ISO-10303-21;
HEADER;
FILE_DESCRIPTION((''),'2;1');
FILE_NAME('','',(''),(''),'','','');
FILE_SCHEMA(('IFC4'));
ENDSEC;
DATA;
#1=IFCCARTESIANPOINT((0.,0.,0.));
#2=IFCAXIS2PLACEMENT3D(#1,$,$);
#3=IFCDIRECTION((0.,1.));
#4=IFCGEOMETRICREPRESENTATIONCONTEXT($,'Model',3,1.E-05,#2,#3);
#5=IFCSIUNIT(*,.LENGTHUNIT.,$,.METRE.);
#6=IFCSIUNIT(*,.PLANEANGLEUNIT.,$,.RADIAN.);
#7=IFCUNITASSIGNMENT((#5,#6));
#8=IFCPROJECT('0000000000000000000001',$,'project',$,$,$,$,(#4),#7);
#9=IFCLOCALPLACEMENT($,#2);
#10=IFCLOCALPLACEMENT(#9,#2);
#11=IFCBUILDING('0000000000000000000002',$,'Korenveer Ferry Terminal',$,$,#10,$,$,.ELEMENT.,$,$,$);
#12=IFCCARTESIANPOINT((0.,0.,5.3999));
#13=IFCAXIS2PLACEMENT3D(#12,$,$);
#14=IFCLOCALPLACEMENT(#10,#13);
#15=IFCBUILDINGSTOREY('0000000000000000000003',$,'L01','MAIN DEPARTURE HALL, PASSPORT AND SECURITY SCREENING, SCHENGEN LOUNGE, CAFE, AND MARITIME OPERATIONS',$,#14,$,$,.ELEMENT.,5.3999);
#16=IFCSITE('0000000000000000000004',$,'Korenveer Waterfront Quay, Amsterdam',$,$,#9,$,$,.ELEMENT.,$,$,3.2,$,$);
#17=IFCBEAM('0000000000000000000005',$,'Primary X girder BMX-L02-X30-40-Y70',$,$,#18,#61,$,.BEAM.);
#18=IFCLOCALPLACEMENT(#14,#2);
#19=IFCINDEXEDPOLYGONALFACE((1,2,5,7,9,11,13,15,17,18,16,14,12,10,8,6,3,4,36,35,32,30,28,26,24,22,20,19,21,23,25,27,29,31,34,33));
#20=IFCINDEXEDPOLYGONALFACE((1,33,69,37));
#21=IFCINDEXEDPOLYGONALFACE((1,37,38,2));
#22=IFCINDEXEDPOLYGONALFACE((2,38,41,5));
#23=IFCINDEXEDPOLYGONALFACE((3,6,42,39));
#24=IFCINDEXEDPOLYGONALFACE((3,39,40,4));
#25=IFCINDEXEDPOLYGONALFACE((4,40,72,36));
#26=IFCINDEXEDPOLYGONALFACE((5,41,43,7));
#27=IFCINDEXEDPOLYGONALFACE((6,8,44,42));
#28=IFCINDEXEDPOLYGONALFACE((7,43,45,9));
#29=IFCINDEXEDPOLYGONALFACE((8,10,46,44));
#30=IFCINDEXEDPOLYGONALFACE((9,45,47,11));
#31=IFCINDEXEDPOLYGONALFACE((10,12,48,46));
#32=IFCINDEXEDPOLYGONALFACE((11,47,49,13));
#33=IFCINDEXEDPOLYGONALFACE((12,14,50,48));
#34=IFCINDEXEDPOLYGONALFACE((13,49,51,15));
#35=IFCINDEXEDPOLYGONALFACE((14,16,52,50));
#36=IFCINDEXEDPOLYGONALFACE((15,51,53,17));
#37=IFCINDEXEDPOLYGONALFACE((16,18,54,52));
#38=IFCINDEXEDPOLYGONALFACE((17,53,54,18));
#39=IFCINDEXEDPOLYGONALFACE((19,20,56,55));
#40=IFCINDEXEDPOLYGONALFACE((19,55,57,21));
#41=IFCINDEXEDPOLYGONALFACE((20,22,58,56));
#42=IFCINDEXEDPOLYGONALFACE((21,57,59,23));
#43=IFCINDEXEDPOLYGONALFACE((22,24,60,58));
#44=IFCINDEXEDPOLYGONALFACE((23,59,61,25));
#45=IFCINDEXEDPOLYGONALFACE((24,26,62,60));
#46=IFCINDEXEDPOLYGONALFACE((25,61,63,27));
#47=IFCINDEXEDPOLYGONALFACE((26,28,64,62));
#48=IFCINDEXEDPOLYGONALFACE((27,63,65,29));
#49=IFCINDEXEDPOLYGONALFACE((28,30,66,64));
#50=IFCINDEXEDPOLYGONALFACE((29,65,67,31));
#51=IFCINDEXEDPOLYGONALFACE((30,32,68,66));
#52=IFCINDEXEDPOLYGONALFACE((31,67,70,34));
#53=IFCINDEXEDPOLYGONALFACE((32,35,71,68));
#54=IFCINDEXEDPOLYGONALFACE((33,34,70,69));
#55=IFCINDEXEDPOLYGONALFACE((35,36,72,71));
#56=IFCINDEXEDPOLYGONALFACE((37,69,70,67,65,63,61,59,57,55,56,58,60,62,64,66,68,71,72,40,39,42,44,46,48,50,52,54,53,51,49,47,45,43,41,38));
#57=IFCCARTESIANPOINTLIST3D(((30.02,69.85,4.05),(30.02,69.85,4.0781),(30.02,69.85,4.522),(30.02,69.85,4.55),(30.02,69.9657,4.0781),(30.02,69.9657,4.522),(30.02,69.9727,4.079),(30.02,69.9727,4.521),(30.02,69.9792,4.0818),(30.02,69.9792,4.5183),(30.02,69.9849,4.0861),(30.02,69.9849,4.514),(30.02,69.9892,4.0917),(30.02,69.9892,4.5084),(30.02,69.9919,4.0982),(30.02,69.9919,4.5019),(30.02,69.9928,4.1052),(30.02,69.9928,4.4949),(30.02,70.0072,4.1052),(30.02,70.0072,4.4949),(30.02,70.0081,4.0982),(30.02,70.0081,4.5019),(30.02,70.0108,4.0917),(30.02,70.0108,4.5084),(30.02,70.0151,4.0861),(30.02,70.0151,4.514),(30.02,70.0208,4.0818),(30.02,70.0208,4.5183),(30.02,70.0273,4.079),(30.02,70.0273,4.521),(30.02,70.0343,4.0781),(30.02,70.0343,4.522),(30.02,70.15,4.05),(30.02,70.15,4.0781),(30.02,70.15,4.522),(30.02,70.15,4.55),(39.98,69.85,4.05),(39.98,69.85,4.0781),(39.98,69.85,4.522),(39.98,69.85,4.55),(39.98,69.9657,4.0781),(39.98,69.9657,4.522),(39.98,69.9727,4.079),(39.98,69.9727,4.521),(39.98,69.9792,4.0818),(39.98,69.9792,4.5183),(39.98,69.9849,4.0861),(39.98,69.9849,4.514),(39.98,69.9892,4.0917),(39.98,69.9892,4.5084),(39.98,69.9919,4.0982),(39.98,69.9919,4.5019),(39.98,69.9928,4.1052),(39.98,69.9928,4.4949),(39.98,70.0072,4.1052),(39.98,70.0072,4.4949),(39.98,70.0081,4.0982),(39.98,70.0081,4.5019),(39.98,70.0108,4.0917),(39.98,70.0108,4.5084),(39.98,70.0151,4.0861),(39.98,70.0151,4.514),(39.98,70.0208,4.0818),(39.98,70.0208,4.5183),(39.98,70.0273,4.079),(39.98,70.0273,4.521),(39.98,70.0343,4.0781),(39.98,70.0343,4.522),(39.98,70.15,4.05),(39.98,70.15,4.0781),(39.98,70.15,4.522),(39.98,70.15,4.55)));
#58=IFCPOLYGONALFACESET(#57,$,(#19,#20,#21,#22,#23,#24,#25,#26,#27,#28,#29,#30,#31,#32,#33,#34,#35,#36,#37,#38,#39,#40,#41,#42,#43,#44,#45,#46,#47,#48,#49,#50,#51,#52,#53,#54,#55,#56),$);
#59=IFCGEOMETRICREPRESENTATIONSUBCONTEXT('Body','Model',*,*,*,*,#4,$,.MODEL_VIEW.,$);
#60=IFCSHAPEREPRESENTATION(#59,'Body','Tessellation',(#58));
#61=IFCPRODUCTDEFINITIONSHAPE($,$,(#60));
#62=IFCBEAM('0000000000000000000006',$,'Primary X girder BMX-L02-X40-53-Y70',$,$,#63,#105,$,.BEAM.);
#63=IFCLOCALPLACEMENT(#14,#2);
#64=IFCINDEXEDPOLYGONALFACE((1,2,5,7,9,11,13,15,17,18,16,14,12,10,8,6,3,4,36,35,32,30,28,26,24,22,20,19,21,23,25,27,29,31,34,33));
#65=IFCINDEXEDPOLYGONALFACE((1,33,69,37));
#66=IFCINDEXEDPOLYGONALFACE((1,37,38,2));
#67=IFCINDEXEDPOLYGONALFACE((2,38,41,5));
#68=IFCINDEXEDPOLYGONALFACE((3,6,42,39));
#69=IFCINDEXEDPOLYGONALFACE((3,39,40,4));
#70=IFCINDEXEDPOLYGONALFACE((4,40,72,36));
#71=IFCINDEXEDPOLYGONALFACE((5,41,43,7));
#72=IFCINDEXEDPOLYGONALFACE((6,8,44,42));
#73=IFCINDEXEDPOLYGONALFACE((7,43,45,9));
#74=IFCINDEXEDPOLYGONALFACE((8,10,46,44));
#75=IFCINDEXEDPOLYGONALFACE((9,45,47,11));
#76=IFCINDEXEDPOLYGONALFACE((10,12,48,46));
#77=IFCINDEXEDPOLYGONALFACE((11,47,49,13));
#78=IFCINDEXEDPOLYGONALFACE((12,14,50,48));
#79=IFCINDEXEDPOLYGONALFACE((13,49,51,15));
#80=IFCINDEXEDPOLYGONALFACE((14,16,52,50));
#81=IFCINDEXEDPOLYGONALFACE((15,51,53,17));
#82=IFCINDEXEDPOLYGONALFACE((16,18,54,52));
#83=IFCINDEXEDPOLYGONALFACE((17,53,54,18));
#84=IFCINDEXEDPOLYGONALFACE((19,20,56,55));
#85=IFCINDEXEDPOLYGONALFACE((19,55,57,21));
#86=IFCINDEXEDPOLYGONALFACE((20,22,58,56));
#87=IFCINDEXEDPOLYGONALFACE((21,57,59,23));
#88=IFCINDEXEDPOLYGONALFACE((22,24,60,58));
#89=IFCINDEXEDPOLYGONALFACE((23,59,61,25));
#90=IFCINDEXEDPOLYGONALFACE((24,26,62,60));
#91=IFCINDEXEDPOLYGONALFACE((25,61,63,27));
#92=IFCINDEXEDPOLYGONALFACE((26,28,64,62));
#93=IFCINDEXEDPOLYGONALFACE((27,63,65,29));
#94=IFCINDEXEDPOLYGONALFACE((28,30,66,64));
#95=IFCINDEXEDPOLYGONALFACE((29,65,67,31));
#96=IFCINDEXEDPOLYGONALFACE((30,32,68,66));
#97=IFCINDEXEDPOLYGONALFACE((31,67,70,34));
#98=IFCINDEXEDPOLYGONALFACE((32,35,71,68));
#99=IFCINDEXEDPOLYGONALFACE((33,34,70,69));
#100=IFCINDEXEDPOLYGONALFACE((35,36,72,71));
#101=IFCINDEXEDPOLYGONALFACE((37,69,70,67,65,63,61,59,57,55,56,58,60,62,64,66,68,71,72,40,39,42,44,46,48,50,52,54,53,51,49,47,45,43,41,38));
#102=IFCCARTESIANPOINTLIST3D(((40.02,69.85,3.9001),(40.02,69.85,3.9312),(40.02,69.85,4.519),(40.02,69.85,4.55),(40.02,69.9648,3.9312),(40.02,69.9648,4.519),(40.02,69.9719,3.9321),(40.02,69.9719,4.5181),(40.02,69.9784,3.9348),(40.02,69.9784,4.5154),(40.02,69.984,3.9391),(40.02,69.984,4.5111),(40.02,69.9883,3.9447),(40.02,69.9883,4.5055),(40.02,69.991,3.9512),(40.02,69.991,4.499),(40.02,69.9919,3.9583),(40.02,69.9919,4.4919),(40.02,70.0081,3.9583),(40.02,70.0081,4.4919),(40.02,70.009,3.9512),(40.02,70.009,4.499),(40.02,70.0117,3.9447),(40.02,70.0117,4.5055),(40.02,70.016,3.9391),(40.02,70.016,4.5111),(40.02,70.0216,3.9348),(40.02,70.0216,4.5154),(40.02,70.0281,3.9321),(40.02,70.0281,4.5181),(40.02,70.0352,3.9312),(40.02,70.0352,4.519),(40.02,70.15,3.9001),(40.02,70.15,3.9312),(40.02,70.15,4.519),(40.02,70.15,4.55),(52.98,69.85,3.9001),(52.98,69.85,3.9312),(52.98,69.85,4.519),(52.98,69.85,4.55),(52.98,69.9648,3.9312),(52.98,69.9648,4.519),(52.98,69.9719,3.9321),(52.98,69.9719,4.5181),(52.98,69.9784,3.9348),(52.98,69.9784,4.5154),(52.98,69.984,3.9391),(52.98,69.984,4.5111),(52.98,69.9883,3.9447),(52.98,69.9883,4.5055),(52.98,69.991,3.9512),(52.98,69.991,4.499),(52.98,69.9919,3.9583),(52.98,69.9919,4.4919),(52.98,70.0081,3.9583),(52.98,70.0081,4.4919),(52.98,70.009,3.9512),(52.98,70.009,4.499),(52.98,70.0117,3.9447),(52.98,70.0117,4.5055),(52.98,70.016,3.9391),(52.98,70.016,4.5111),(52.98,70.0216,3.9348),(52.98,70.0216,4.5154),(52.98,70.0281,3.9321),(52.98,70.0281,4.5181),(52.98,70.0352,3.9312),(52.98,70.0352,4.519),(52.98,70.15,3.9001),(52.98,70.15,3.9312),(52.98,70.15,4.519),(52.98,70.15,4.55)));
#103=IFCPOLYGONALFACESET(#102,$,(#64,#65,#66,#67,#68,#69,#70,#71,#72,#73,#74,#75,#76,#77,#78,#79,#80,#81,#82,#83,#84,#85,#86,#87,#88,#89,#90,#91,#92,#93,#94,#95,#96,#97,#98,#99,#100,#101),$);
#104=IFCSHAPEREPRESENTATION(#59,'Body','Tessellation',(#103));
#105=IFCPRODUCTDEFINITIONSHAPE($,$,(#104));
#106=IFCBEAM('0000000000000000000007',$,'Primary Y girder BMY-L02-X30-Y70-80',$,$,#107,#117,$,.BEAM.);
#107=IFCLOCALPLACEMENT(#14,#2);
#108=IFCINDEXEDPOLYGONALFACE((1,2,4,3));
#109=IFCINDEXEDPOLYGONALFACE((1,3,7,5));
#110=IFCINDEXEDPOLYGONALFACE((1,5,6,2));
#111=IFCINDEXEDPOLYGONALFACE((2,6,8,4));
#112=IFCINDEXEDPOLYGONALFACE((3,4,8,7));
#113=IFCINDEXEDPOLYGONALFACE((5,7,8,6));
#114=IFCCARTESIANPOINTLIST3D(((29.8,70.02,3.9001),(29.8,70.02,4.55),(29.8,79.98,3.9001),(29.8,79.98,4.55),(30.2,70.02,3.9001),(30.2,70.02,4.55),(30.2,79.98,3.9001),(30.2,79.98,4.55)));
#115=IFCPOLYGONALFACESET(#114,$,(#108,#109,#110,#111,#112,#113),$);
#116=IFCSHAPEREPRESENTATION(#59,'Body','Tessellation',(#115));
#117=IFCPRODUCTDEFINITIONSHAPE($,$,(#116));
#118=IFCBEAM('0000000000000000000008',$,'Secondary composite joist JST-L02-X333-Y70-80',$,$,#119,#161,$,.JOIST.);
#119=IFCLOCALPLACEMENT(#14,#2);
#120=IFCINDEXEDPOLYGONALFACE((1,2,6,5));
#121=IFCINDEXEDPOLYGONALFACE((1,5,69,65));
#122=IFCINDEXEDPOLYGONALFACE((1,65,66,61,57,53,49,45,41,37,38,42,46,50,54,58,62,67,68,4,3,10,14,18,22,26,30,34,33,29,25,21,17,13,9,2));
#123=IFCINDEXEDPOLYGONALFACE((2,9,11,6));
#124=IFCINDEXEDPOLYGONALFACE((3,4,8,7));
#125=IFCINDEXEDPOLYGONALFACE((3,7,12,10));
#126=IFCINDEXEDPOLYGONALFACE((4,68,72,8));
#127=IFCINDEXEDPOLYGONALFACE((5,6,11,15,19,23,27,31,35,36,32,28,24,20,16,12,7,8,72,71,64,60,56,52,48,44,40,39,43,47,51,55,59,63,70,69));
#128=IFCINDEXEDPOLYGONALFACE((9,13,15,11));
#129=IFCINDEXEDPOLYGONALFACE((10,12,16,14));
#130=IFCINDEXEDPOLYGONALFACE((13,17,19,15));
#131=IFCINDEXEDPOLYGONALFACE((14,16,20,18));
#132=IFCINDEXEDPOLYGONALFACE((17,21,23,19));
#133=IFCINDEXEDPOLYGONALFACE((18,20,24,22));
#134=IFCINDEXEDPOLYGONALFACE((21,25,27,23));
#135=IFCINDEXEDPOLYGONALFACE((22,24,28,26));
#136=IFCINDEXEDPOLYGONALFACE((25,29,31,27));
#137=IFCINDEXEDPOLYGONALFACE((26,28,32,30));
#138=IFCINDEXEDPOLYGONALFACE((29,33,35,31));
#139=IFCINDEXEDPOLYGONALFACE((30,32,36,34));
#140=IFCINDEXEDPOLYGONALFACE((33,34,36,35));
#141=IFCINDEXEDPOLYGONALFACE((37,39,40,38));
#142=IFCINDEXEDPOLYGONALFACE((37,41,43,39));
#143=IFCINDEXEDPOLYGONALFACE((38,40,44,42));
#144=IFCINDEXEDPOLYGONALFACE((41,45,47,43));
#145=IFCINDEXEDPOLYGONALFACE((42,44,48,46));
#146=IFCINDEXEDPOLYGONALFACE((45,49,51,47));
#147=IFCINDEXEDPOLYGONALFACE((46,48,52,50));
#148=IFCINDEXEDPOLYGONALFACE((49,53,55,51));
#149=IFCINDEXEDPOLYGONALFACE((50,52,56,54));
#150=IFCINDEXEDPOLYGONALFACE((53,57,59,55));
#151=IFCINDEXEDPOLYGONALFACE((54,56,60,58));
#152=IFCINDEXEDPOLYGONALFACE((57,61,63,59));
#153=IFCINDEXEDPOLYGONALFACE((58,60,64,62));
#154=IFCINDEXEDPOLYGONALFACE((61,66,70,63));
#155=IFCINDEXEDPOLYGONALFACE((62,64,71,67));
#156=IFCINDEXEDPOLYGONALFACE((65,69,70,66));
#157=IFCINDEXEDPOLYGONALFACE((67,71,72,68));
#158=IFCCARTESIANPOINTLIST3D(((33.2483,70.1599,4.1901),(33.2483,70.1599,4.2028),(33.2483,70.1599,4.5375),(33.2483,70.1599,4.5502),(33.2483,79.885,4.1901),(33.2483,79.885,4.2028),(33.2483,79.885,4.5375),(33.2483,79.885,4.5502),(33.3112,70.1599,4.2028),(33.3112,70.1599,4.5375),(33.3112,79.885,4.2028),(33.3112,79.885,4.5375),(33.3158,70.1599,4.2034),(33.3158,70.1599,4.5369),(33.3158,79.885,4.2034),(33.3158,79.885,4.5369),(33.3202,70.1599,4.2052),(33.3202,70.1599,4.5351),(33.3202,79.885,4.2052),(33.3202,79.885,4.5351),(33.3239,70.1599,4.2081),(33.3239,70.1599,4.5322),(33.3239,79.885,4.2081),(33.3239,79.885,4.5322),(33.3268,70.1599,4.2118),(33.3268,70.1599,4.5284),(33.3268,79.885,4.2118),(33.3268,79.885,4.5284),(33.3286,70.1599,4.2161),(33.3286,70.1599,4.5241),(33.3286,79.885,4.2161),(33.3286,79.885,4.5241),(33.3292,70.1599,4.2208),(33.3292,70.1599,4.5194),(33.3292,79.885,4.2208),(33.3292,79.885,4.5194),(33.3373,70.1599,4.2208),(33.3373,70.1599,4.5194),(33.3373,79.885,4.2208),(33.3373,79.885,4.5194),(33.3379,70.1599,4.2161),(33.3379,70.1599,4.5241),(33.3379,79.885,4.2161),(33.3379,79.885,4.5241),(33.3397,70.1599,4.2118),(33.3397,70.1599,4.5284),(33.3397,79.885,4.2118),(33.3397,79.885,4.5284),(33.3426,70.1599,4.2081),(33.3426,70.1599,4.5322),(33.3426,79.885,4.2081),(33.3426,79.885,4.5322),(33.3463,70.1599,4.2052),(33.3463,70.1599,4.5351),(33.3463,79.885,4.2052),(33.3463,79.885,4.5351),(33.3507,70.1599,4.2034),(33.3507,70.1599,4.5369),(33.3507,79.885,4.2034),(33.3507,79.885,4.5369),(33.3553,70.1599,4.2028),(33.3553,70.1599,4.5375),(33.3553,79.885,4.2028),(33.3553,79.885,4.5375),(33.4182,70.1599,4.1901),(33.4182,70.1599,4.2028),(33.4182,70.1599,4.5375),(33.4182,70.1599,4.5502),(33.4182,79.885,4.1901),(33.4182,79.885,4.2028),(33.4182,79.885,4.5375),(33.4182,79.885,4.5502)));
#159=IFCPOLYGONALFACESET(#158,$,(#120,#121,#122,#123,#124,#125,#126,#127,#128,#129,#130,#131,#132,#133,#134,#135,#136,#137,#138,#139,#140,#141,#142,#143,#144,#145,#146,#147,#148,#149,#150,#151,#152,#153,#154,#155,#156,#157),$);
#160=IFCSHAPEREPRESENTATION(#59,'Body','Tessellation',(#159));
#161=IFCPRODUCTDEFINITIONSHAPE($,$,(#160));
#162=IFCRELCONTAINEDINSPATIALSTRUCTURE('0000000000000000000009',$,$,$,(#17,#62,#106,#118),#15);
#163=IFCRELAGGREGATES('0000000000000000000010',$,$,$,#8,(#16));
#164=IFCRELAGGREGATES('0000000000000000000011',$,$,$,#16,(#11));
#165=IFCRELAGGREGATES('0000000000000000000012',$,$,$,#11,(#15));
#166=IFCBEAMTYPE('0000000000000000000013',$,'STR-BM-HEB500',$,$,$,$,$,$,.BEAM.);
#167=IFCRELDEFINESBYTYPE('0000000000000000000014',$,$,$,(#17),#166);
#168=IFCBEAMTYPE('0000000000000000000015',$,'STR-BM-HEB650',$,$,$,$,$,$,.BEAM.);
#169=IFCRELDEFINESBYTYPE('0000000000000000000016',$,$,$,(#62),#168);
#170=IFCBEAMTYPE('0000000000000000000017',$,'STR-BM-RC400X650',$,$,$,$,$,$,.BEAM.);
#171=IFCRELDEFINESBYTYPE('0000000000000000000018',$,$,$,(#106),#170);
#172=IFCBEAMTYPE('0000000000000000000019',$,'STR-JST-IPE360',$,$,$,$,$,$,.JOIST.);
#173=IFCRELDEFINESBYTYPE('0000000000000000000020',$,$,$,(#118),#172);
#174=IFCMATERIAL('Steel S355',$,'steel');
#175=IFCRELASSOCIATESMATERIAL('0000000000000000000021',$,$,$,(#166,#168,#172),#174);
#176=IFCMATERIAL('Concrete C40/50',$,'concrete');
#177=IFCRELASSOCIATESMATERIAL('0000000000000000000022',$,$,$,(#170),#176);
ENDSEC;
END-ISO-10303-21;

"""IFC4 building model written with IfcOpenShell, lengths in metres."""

from ifc_helpers import new_model, si_unit, direction, frame, origin, origin_2d, place, context, subcontext, project, spatial, rectangle, i_section, extrude, material, material_profile, profile_set, type_object, element, save


model = new_model("IFC4")

# Units and contexts
model_context = context("Model", 3, precision=1e-05, world=origin(), true_north=direction((0.0, 1.0)))
body_context = subcontext(model_context, "Body", "Model", "MODEL_VIEW")
ifc_project = project(units=[si_unit("LENGTHUNIT", "METRE"), si_unit("PLANEANGLEUNIT", "RADIAN")], contexts=[model_context])

# Site, building, storey
site_placement = place(None, origin())
site = spatial("IfcSite", under=ifc_project, at=site_placement, Name="Korenveer Waterfront Quay, Amsterdam", CompositionType="ELEMENT", RefElevation=3.2)
building_placement = place(site_placement, origin())
building = spatial("IfcBuilding", under=site, at=building_placement, Name="Korenveer Ferry Terminal", CompositionType="ELEMENT")
storey_placement = place(building_placement, frame((0.0, 0.0, 5.3999)))
storey = spatial("IfcBuildingStorey", under=building, at=storey_placement, Name="L01", Description="MAIN DEPARTURE HALL, PASSPORT AND SECURITY SCREENING, SCHENGEN LOUNGE, CAFE, AND MARITIME OPERATIONS", CompositionType="ELEMENT", Elevation=5.3999)

# Beams
ifc_material_1 = material(Name="Steel S355", Category="steel")
ifc_material_profile_1 = material_profile(ifc_material_1, i_section(OverallWidth=0.3, OverallDepth=0.5, WebThickness=0.0144, FlangeThickness=0.0281, FilletRadius=0.0271, at=origin_2d()), Name="HEB 500")
ifc_profile_set_1 = profile_set([ifc_material_profile_1], Name="Steel S355")
beam_type_1 = type_object("IfcBeamType", Name="STR-BM-HEB500", PredefinedType="BEAM", material=ifc_profile_set_1)
beam_1_placement = place(storey_placement, frame((30.02, 70.0, 4.3), z_axis=(1.0, 0.0, 0.0), x_axis=(0.0, 1.0, 0.0)))
element("IfcBeam", 1, at=beam_1_placement, inside=storey, type_object=beam_type_1, Name="Primary X girder BMX-L02-X30-40-Y70", PredefinedType="BEAM", context=body_context, shape_type="SweptSolid", body=[
    extrude(i_section(OverallWidth=0.3, OverallDepth=0.5, WebThickness=0.0144, FlangeThickness=0.0281, FilletRadius=0.0271, at=origin_2d()), origin(), (0.0, 0.0, 1.0), 9.96),
])
ifc_material_profile_2 = material_profile(ifc_material_1, i_section(OverallWidth=0.3, OverallDepth=0.6499, WebThickness=0.0161, FlangeThickness=0.031, FilletRadius=0.0271, at=origin_2d()), Name="HEB 650")
ifc_profile_set_2 = profile_set([ifc_material_profile_2], Name="Steel S355")
beam_type_2 = type_object("IfcBeamType", Name="STR-BM-HEB650", PredefinedType="BEAM", material=ifc_profile_set_2)
beam_2_placement = place(storey_placement, frame((40.02, 70.0, 4.2251), z_axis=(1.0, 0.0, 0.0), x_axis=(0.0, 1.0, 0.0)))
element("IfcBeam", 2, at=beam_2_placement, inside=storey, type_object=beam_type_2, Name="Primary X girder BMX-L02-X40-53-Y70", PredefinedType="BEAM", context=body_context, shape_type="SweptSolid", body=[
    extrude(i_section(OverallWidth=0.3, OverallDepth=0.6499, WebThickness=0.0161, FlangeThickness=0.031, FilletRadius=0.0271, at=origin_2d()), origin(), (0.0, 0.0, 1.0), 12.96),
])
ifc_material_2 = material(Name="Concrete C40/50", Category="concrete")
ifc_material_profile_3 = material_profile(ifc_material_2, rectangle(XDim=0.3999, YDim=0.6499, at=origin_2d()), Name="RC 400x650")
ifc_profile_set_3 = profile_set([ifc_material_profile_3], Name="Concrete C40/50")
beam_type_3 = type_object("IfcBeamType", Name="STR-BM-RC400X650", PredefinedType="BEAM", material=ifc_profile_set_3)
beam_3_placement = place(storey_placement, frame((30.0, 70.02, 4.2251), z_axis=(0.0, 1.0, 0.0), x_axis=(-1.0, 0.0, 0.0)))
element("IfcBeam", 3, at=beam_3_placement, inside=storey, type_object=beam_type_3, Name="Primary Y girder BMY-L02-X30-Y70-80", PredefinedType="BEAM", context=body_context, shape_type="SweptSolid", body=[
    extrude(rectangle(XDim=0.3999, YDim=0.6499, at=origin_2d()), origin(), (0.0, 0.0, 1.0), 9.96),
])
ifc_material_profile_4 = material_profile(ifc_material_1, i_section(OverallWidth=0.1699, OverallDepth=0.3601, WebThickness=0.0081, FlangeThickness=0.0127, FilletRadius=0.0181, at=origin_2d()), Name="IPE 360")
ifc_profile_set_4 = profile_set([ifc_material_profile_4], Name="Steel S355")
beam_type_4 = type_object("IfcBeamType", Name="STR-JST-IPE360", PredefinedType="JOIST", material=ifc_profile_set_4)
for number, where, z_axis, x_axis, name in (
    (4, (33.3333, 70.1599, 4.3701), (0.0, 1.0, 0.0), (-1.0, 0.0, 0.0), "Secondary composite joist JST-L02-X333-Y70-80"),
):
    element("IfcBeam", number, at=place(storey_placement, frame(where, z_axis=z_axis, x_axis=x_axis)), inside=storey, type_object=beam_type_4, Name=name, PredefinedType="JOIST", context=body_context, shape_type="SweptSolid", body=[
        extrude(i_section(OverallWidth=0.1699, OverallDepth=0.3601, WebThickness=0.0081, FlangeThickness=0.0127, FilletRadius=0.0181, at=origin_2d()), origin(), (0.0, 0.0, 1.0), 9.7251),
    ])

save(model, "model.ifc")
